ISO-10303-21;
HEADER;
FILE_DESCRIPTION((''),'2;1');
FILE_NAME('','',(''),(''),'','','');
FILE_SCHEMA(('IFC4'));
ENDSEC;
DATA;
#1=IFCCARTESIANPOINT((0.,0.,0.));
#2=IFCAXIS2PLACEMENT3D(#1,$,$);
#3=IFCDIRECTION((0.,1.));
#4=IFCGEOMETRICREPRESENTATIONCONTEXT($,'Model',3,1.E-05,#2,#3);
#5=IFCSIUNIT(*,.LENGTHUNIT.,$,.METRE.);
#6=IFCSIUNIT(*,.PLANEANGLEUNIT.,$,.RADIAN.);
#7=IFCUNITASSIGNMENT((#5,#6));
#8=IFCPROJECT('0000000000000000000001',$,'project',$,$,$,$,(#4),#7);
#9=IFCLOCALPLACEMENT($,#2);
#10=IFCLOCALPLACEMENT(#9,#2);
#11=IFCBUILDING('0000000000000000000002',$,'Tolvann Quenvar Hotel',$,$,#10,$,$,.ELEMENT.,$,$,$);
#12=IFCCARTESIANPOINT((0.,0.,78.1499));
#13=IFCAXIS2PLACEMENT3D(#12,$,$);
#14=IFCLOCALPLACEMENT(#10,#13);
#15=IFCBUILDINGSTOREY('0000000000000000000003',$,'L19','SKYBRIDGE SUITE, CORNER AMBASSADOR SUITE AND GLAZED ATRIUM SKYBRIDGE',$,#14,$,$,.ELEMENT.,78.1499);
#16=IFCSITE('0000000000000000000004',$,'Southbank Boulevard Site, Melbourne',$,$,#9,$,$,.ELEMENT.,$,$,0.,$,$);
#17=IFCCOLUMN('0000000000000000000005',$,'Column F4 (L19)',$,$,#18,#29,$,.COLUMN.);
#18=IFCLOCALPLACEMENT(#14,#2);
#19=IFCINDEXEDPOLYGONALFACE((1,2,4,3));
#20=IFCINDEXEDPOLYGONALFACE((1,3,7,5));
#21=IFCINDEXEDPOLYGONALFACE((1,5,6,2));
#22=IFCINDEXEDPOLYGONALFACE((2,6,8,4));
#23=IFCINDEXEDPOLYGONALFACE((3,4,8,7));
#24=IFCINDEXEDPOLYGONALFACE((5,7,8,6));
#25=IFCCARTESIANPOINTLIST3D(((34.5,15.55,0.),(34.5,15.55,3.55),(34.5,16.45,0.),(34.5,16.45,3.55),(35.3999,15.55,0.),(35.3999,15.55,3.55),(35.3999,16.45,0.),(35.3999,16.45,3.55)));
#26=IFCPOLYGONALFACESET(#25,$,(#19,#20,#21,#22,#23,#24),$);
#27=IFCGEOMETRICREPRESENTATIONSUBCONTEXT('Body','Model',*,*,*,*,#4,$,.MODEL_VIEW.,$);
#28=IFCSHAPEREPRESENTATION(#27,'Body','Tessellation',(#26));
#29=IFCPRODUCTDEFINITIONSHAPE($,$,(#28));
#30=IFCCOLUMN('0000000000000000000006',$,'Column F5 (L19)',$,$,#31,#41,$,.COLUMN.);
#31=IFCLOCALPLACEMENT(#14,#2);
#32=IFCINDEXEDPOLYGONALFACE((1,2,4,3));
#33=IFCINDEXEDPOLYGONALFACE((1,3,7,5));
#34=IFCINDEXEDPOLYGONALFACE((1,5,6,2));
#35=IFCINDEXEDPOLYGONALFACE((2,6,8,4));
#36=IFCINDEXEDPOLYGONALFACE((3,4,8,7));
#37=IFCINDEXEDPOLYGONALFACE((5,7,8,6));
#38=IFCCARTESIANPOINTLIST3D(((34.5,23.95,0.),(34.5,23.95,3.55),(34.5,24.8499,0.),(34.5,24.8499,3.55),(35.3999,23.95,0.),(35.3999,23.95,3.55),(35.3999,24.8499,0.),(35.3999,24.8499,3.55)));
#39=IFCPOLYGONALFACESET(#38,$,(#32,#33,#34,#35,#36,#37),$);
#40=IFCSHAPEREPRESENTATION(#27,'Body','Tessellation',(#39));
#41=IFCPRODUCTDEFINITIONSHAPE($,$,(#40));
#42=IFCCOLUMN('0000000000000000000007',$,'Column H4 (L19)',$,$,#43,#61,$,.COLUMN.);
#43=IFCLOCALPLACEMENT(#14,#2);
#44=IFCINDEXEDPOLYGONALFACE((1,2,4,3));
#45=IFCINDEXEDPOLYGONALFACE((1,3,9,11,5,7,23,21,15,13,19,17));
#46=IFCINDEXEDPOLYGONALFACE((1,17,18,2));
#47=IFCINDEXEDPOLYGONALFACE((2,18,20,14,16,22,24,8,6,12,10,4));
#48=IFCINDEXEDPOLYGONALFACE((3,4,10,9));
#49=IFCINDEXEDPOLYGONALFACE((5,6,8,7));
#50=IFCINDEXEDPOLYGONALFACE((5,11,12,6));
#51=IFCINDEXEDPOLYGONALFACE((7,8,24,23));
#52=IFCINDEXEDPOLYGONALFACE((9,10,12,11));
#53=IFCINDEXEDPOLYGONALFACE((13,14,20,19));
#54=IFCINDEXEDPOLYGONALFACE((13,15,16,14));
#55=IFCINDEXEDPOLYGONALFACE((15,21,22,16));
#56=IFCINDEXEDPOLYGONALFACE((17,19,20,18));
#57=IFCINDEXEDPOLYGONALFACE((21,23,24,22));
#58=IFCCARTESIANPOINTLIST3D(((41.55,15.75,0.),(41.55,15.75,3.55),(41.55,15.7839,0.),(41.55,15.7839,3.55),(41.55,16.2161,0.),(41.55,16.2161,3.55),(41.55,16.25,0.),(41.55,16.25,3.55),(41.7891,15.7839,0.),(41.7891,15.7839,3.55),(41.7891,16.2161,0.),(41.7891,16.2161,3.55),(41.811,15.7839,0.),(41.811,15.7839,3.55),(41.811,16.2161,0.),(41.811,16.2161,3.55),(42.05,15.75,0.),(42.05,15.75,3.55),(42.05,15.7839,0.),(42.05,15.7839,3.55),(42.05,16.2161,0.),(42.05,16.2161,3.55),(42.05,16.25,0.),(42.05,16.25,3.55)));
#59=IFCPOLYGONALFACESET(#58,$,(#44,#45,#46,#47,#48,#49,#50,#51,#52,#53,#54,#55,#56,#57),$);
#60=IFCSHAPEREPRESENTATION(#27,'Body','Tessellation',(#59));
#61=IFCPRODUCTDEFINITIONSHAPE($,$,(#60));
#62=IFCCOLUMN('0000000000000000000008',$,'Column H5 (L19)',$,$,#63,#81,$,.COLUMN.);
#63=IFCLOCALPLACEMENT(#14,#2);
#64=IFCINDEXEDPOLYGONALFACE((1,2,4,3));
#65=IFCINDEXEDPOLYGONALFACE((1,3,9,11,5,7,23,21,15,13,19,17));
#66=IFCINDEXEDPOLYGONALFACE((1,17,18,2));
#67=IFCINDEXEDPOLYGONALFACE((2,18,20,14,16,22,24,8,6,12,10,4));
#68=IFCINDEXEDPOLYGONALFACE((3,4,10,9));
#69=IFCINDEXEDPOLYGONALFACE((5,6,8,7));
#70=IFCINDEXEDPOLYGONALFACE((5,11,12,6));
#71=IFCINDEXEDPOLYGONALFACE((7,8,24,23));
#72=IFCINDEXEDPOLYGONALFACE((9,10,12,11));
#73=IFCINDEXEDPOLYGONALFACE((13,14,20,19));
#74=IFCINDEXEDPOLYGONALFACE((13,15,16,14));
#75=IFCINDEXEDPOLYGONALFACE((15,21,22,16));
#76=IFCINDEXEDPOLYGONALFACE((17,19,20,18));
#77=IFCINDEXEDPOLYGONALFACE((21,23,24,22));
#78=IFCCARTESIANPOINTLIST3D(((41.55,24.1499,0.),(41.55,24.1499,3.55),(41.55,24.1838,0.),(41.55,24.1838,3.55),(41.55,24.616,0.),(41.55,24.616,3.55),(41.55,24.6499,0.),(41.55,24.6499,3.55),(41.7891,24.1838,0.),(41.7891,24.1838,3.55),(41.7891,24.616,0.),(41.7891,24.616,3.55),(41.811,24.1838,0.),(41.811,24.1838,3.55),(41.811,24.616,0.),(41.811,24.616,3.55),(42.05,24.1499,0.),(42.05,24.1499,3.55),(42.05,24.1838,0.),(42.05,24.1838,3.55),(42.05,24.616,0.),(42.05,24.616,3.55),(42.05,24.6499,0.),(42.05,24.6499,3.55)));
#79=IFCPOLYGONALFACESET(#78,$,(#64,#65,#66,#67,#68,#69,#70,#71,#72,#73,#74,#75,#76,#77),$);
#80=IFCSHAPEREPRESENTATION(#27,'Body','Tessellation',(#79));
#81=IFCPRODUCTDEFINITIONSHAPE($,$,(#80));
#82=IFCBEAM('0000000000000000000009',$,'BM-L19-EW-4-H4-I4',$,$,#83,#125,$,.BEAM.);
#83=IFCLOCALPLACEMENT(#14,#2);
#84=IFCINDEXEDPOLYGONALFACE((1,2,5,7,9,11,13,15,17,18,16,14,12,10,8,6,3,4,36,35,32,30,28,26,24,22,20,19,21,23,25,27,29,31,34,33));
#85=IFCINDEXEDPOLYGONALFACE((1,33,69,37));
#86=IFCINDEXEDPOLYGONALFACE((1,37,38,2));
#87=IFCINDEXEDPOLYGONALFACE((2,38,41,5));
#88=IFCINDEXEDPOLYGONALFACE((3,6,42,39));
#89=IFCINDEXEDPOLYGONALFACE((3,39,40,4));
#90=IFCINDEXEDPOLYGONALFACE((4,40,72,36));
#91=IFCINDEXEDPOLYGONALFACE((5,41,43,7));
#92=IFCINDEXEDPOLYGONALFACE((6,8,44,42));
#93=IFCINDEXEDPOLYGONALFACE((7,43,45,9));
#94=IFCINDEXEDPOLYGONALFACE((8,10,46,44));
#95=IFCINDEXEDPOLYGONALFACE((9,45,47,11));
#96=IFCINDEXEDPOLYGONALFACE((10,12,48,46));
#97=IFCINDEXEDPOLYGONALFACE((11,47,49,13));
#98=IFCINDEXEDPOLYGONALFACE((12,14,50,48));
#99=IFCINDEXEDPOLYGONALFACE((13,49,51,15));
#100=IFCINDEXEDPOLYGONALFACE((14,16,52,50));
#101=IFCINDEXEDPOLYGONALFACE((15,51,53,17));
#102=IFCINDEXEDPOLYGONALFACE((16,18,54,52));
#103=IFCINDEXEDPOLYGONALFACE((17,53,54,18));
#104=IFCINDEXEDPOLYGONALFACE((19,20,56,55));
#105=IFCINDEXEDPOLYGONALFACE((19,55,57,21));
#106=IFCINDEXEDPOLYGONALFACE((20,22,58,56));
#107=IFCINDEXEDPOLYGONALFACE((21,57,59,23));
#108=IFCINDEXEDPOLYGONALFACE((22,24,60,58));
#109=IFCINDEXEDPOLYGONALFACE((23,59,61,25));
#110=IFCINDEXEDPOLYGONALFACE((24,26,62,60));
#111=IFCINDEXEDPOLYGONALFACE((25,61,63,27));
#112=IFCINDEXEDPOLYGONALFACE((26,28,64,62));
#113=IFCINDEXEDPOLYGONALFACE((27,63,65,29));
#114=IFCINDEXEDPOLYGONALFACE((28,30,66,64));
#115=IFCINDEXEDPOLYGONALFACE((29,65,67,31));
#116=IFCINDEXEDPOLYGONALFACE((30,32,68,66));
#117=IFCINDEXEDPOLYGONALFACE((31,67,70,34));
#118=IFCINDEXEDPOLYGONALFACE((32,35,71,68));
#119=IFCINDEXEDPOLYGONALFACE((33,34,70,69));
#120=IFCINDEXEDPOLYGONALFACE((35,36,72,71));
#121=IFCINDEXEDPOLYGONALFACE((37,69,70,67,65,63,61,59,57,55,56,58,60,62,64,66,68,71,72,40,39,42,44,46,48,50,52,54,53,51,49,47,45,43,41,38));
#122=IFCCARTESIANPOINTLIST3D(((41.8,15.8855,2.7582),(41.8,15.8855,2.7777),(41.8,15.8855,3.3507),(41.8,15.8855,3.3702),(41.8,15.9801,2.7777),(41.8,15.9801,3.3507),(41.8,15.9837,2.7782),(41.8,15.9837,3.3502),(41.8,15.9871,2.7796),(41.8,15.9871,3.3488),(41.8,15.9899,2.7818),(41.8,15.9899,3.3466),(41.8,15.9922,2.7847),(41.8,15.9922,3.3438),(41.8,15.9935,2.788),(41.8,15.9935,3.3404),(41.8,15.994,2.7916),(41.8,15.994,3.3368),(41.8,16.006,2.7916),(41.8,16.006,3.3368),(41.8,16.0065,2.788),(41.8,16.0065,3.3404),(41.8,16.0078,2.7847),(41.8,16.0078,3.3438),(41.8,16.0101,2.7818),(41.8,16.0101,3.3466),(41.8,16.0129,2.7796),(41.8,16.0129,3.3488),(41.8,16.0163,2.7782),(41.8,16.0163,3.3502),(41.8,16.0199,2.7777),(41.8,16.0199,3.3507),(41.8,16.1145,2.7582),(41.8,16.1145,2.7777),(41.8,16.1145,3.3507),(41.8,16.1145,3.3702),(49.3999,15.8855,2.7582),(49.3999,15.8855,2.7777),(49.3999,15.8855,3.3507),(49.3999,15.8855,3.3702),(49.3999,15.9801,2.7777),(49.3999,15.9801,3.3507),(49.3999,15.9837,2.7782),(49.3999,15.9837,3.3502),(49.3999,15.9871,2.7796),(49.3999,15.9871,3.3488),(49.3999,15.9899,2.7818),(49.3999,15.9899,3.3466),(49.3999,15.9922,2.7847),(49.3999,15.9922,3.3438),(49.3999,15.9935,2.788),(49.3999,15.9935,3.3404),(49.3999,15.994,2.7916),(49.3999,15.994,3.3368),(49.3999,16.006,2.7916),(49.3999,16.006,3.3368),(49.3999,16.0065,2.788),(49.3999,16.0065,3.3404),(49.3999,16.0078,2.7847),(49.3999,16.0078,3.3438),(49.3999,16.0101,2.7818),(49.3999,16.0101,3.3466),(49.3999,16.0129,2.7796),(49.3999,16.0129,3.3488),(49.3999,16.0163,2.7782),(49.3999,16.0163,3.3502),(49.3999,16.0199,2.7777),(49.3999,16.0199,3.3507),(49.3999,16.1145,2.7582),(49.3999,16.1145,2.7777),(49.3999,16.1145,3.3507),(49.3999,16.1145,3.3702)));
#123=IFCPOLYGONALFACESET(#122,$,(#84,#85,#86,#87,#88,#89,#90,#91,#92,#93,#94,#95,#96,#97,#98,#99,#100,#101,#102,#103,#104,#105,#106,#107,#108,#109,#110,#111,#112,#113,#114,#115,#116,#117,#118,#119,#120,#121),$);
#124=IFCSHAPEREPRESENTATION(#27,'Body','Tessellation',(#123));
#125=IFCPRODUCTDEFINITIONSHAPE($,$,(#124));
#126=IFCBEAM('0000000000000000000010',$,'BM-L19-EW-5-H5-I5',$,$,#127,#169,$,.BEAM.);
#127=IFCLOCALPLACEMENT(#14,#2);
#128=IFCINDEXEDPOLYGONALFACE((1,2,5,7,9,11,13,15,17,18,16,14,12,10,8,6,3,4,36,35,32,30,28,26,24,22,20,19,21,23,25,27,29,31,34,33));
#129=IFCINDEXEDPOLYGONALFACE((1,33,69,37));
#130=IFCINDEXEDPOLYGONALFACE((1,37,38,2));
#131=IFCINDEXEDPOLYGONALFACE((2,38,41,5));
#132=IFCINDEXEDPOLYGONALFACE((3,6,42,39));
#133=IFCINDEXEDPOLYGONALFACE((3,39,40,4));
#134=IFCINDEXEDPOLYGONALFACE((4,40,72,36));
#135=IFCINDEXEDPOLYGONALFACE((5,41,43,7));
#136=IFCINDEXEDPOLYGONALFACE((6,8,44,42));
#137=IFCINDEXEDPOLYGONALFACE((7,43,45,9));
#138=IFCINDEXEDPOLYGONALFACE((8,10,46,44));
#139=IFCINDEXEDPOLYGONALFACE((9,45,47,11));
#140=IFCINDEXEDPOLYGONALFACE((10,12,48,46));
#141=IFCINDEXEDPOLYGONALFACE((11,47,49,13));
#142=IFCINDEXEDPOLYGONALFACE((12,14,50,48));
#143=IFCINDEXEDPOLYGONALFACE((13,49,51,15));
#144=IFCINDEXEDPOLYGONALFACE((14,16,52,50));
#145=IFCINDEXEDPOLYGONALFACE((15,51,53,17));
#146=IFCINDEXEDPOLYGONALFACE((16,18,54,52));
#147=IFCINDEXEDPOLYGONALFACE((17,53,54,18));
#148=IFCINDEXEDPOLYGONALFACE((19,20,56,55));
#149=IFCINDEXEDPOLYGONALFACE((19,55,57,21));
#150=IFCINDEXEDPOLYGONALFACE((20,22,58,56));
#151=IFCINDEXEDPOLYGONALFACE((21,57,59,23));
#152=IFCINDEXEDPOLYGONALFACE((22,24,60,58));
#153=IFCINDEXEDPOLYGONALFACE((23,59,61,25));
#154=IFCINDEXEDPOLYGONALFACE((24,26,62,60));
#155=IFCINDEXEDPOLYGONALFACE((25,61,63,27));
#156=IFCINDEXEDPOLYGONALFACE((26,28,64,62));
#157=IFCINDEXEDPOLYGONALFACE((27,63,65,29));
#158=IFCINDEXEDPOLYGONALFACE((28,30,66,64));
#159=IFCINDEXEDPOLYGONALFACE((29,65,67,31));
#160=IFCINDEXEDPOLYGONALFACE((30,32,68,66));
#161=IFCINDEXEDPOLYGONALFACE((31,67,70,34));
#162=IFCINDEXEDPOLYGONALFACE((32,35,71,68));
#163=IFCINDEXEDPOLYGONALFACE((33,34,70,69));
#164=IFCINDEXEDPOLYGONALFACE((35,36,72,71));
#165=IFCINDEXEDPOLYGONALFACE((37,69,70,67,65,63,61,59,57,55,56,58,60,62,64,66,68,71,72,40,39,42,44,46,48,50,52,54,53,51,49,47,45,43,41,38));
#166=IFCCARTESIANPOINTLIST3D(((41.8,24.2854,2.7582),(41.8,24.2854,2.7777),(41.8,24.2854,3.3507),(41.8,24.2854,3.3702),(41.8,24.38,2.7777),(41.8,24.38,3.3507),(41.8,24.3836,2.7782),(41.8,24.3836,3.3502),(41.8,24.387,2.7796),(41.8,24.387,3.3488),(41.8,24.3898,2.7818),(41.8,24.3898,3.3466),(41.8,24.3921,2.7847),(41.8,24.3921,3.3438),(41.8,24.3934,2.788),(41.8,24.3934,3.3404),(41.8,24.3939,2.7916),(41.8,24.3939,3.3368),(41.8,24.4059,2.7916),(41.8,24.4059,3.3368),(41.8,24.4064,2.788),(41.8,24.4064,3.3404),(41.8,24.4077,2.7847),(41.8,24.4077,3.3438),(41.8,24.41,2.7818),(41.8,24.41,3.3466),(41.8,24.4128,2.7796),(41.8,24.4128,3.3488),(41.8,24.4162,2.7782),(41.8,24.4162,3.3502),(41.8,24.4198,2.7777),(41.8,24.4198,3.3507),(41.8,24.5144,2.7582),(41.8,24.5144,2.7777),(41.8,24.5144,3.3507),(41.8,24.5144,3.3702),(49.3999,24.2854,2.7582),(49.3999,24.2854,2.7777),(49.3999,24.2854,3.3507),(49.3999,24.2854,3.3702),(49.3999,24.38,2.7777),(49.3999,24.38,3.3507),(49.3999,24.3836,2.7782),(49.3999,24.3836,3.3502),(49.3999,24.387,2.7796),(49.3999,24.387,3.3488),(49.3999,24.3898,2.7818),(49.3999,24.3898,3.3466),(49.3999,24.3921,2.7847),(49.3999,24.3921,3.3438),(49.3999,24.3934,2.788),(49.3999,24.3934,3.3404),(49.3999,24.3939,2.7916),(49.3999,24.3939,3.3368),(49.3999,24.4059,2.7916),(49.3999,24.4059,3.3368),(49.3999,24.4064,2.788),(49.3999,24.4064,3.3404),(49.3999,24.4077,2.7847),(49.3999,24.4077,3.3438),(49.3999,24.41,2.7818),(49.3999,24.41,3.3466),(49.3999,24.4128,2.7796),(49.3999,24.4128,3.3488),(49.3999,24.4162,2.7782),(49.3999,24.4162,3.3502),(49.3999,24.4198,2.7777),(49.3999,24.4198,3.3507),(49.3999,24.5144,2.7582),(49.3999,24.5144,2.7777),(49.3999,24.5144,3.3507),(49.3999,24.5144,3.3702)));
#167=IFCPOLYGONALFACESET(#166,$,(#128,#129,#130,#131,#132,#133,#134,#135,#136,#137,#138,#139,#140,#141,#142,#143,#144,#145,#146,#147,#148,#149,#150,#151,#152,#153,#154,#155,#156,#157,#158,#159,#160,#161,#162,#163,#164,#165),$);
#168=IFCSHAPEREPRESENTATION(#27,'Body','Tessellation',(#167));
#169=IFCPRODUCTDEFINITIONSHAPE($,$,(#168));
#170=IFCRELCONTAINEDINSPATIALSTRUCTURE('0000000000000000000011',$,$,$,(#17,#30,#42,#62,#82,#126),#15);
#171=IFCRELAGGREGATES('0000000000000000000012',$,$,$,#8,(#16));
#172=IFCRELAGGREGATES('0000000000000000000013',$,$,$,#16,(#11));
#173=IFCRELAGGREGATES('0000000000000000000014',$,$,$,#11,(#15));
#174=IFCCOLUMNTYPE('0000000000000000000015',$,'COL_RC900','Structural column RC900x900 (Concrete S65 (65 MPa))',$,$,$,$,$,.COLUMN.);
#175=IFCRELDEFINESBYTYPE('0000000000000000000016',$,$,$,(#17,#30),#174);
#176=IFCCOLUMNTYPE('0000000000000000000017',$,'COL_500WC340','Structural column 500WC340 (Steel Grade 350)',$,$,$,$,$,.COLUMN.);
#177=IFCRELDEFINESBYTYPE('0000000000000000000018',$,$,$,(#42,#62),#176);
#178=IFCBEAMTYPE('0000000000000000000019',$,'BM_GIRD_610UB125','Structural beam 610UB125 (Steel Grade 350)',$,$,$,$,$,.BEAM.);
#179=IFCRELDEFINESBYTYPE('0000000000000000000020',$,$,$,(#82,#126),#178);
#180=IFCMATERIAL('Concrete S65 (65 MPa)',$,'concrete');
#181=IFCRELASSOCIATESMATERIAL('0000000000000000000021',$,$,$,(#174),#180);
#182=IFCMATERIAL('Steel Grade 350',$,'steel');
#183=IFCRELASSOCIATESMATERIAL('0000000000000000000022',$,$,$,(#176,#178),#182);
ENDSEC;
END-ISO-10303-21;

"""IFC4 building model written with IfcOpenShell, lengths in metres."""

from ifc_helpers import new_model, si_unit, direction, frame, origin, origin_2d, place, context, subcontext, project, spatial, rectangle, i_section, extrude, source, transform, mapped, material, material_profile, profile_set, type_object, type_shapes, element, save


model = new_model("IFC4")

# Units and contexts
model_context = context("Model", 3, precision=1e-05, world=origin(), true_north=direction((0.0, 1.0)))
body_context = subcontext(model_context, "Body", "Model", "MODEL_VIEW")
ifc_project = project(units=[si_unit("LENGTHUNIT", "METRE"), si_unit("PLANEANGLEUNIT", "RADIAN")], contexts=[model_context])

# Site, building, storey
site_placement = place(None, origin())
site = spatial("IfcSite", under=ifc_project, at=site_placement, Name="Southbank Boulevard Site, Melbourne", CompositionType="ELEMENT", RefElevation=0.0)
building_placement = place(site_placement, origin())
building = spatial("IfcBuilding", under=site, at=building_placement, Name="Tolvann Quenvar Hotel", CompositionType="ELEMENT")
storey_placement = place(building_placement, frame((0.0, 0.0, 78.1499)))
storey = spatial("IfcBuildingStorey", under=building, at=storey_placement, Name="L19", Description="SKYBRIDGE SUITE, CORNER AMBASSADOR SUITE AND GLAZED ATRIUM SKYBRIDGE", CompositionType="ELEMENT", Elevation=78.1499)

# Columns
ifc_material_1 = material(Name="Concrete S65 (65 MPa)", Category="concrete")
ifc_material_profile_1 = material_profile(ifc_material_1, rectangle(XDim=0.8999, YDim=0.8999, at=origin_2d()), Name="RC900x900")
ifc_profile_set_1 = profile_set([ifc_material_profile_1], Name="Concrete S65 (65 MPa)")
column_type_1 = type_object("IfcColumnType", Name="COL_RC900", Description="Structural column RC900x900 (Concrete S65 (65 MPa))", PredefinedType="COLUMN", material=ifc_profile_set_1)
shared_shape_1 = source(origin(), body_context, "Body", "SweptSolid", [
    extrude(rectangle(XDim=0.8999, YDim=0.8999, at=origin_2d()), origin(), (0.0, 0.0, 1.0), 3.55),
])
type_shapes(column_type_1, [shared_shape_1])
for number, where, z_axis, x_axis, name in (
    (1, (34.95, 16.0, 0.0), (0.0, 0.0, 1.0), (1.0, 0.0, 0.0), "Column F4 (L19)"),
    (2, (34.95, 24.3999, 0.0), (0.0, 0.0, 1.0), (1.0, 0.0, 0.0), "Column F5 (L19)"),
):
    element("IfcColumn", number, at=place(storey_placement, frame(where, z_axis=z_axis, x_axis=x_axis)), inside=storey, type_object=column_type_1, Name=name, PredefinedType="COLUMN", context=body_context, shape_type="MappedRepresentation", body=[
        mapped(shared_shape_1, transform((0.0, 0.0, 0.0), x_axis=(1.0, 0.0, 0.0), y_axis=(0.0, 1.0, 0.0), z_axis=(0.0, 0.0, 1.0), scale=1.0)),
    ])
ifc_material_2 = material(Name="Steel Grade 350", Category="steel")
ifc_material_profile_2 = material_profile(ifc_material_2, i_section(OverallWidth=0.5, OverallDepth=0.5, WebThickness=0.022, FlangeThickness=0.0339, at=origin_2d()), Name="500WC340")
ifc_profile_set_2 = profile_set([ifc_material_profile_2], Name="Steel Grade 350")
column_type_2 = type_object("IfcColumnType", Name="COL_500WC340", Description="Structural column 500WC340 (Steel Grade 350)", PredefinedType="COLUMN", material=ifc_profile_set_2)
shared_shape_2 = source(origin(), body_context, "Body", "SweptSolid", [
    extrude(i_section(OverallWidth=0.5, OverallDepth=0.5, WebThickness=0.022, FlangeThickness=0.0339, at=origin_2d()), origin(), (0.0, 0.0, 1.0), 3.55),
])
type_shapes(column_type_2, [shared_shape_2])
for number, where, z_axis, x_axis, name in (
    (3, (41.8, 16.0, 0.0), (0.0, 0.0, 1.0), (1.0, 0.0, 0.0), "Column H4 (L19)"),
    (4, (41.8, 24.3999, 0.0), (0.0, 0.0, 1.0), (1.0, 0.0, 0.0), "Column H5 (L19)"),
):
    element("IfcColumn", number, at=place(storey_placement, frame(where, z_axis=z_axis, x_axis=x_axis)), inside=storey, type_object=column_type_2, Name=name, PredefinedType="COLUMN", context=body_context, shape_type="MappedRepresentation", body=[
        mapped(shared_shape_2, transform((0.0, 0.0, 0.0), x_axis=(1.0, 0.0, 0.0), y_axis=(0.0, 1.0, 0.0), z_axis=(0.0, 0.0, 1.0), scale=1.0)),
    ])

# Beams
ifc_material_profile_3 = material_profile(ifc_material_2, i_section(OverallWidth=0.229, OverallDepth=0.6121, WebThickness=0.012, FlangeThickness=0.0195, FilletRadius=0.0139, at=origin_2d()), Name="610UB125")
ifc_profile_set_3 = profile_set([ifc_material_profile_3], Name="Steel Grade 350")
beam_type_1 = type_object("IfcBeamType", Name="BM_GIRD_610UB125", Description="Structural beam 610UB125 (Steel Grade 350)", PredefinedType="BEAM", material=ifc_profile_set_3)
shared_shape_3 = source(origin(), body_context, "Body", "SweptSolid", [
    extrude(i_section(OverallWidth=0.229, OverallDepth=0.6121, WebThickness=0.012, FlangeThickness=0.0195, FilletRadius=0.0139, at=origin_2d()), origin(), (0.0, 0.0, 1.0), 7.5999),
])
for number, where, z_axis, x_axis, name in (
    (5, (41.8, 16.0, 3.0642), (1.0, 0.0, 0.0), (0.0, 1.0, 0.0), "BM-L19-EW-4-H4-I4"),
    (6, (41.8, 24.3999, 3.0642), (1.0, 0.0, 0.0), (0.0, 1.0, 0.0), "BM-L19-EW-5-H5-I5"),
):
    element("IfcBeam", number, at=place(storey_placement, frame(where, z_axis=z_axis, x_axis=x_axis)), inside=storey, type_object=beam_type_1, Name=name, PredefinedType="BEAM", context=body_context, shape_type="MappedRepresentation", body=[
        mapped(shared_shape_3, transform((0.0, 0.0, 0.0), x_axis=(1.0, 0.0, 0.0), y_axis=(0.0, 1.0, 0.0), z_axis=(0.0, 0.0, 1.0), scale=1.0)),
    ])

save(model, "model.ifc")
